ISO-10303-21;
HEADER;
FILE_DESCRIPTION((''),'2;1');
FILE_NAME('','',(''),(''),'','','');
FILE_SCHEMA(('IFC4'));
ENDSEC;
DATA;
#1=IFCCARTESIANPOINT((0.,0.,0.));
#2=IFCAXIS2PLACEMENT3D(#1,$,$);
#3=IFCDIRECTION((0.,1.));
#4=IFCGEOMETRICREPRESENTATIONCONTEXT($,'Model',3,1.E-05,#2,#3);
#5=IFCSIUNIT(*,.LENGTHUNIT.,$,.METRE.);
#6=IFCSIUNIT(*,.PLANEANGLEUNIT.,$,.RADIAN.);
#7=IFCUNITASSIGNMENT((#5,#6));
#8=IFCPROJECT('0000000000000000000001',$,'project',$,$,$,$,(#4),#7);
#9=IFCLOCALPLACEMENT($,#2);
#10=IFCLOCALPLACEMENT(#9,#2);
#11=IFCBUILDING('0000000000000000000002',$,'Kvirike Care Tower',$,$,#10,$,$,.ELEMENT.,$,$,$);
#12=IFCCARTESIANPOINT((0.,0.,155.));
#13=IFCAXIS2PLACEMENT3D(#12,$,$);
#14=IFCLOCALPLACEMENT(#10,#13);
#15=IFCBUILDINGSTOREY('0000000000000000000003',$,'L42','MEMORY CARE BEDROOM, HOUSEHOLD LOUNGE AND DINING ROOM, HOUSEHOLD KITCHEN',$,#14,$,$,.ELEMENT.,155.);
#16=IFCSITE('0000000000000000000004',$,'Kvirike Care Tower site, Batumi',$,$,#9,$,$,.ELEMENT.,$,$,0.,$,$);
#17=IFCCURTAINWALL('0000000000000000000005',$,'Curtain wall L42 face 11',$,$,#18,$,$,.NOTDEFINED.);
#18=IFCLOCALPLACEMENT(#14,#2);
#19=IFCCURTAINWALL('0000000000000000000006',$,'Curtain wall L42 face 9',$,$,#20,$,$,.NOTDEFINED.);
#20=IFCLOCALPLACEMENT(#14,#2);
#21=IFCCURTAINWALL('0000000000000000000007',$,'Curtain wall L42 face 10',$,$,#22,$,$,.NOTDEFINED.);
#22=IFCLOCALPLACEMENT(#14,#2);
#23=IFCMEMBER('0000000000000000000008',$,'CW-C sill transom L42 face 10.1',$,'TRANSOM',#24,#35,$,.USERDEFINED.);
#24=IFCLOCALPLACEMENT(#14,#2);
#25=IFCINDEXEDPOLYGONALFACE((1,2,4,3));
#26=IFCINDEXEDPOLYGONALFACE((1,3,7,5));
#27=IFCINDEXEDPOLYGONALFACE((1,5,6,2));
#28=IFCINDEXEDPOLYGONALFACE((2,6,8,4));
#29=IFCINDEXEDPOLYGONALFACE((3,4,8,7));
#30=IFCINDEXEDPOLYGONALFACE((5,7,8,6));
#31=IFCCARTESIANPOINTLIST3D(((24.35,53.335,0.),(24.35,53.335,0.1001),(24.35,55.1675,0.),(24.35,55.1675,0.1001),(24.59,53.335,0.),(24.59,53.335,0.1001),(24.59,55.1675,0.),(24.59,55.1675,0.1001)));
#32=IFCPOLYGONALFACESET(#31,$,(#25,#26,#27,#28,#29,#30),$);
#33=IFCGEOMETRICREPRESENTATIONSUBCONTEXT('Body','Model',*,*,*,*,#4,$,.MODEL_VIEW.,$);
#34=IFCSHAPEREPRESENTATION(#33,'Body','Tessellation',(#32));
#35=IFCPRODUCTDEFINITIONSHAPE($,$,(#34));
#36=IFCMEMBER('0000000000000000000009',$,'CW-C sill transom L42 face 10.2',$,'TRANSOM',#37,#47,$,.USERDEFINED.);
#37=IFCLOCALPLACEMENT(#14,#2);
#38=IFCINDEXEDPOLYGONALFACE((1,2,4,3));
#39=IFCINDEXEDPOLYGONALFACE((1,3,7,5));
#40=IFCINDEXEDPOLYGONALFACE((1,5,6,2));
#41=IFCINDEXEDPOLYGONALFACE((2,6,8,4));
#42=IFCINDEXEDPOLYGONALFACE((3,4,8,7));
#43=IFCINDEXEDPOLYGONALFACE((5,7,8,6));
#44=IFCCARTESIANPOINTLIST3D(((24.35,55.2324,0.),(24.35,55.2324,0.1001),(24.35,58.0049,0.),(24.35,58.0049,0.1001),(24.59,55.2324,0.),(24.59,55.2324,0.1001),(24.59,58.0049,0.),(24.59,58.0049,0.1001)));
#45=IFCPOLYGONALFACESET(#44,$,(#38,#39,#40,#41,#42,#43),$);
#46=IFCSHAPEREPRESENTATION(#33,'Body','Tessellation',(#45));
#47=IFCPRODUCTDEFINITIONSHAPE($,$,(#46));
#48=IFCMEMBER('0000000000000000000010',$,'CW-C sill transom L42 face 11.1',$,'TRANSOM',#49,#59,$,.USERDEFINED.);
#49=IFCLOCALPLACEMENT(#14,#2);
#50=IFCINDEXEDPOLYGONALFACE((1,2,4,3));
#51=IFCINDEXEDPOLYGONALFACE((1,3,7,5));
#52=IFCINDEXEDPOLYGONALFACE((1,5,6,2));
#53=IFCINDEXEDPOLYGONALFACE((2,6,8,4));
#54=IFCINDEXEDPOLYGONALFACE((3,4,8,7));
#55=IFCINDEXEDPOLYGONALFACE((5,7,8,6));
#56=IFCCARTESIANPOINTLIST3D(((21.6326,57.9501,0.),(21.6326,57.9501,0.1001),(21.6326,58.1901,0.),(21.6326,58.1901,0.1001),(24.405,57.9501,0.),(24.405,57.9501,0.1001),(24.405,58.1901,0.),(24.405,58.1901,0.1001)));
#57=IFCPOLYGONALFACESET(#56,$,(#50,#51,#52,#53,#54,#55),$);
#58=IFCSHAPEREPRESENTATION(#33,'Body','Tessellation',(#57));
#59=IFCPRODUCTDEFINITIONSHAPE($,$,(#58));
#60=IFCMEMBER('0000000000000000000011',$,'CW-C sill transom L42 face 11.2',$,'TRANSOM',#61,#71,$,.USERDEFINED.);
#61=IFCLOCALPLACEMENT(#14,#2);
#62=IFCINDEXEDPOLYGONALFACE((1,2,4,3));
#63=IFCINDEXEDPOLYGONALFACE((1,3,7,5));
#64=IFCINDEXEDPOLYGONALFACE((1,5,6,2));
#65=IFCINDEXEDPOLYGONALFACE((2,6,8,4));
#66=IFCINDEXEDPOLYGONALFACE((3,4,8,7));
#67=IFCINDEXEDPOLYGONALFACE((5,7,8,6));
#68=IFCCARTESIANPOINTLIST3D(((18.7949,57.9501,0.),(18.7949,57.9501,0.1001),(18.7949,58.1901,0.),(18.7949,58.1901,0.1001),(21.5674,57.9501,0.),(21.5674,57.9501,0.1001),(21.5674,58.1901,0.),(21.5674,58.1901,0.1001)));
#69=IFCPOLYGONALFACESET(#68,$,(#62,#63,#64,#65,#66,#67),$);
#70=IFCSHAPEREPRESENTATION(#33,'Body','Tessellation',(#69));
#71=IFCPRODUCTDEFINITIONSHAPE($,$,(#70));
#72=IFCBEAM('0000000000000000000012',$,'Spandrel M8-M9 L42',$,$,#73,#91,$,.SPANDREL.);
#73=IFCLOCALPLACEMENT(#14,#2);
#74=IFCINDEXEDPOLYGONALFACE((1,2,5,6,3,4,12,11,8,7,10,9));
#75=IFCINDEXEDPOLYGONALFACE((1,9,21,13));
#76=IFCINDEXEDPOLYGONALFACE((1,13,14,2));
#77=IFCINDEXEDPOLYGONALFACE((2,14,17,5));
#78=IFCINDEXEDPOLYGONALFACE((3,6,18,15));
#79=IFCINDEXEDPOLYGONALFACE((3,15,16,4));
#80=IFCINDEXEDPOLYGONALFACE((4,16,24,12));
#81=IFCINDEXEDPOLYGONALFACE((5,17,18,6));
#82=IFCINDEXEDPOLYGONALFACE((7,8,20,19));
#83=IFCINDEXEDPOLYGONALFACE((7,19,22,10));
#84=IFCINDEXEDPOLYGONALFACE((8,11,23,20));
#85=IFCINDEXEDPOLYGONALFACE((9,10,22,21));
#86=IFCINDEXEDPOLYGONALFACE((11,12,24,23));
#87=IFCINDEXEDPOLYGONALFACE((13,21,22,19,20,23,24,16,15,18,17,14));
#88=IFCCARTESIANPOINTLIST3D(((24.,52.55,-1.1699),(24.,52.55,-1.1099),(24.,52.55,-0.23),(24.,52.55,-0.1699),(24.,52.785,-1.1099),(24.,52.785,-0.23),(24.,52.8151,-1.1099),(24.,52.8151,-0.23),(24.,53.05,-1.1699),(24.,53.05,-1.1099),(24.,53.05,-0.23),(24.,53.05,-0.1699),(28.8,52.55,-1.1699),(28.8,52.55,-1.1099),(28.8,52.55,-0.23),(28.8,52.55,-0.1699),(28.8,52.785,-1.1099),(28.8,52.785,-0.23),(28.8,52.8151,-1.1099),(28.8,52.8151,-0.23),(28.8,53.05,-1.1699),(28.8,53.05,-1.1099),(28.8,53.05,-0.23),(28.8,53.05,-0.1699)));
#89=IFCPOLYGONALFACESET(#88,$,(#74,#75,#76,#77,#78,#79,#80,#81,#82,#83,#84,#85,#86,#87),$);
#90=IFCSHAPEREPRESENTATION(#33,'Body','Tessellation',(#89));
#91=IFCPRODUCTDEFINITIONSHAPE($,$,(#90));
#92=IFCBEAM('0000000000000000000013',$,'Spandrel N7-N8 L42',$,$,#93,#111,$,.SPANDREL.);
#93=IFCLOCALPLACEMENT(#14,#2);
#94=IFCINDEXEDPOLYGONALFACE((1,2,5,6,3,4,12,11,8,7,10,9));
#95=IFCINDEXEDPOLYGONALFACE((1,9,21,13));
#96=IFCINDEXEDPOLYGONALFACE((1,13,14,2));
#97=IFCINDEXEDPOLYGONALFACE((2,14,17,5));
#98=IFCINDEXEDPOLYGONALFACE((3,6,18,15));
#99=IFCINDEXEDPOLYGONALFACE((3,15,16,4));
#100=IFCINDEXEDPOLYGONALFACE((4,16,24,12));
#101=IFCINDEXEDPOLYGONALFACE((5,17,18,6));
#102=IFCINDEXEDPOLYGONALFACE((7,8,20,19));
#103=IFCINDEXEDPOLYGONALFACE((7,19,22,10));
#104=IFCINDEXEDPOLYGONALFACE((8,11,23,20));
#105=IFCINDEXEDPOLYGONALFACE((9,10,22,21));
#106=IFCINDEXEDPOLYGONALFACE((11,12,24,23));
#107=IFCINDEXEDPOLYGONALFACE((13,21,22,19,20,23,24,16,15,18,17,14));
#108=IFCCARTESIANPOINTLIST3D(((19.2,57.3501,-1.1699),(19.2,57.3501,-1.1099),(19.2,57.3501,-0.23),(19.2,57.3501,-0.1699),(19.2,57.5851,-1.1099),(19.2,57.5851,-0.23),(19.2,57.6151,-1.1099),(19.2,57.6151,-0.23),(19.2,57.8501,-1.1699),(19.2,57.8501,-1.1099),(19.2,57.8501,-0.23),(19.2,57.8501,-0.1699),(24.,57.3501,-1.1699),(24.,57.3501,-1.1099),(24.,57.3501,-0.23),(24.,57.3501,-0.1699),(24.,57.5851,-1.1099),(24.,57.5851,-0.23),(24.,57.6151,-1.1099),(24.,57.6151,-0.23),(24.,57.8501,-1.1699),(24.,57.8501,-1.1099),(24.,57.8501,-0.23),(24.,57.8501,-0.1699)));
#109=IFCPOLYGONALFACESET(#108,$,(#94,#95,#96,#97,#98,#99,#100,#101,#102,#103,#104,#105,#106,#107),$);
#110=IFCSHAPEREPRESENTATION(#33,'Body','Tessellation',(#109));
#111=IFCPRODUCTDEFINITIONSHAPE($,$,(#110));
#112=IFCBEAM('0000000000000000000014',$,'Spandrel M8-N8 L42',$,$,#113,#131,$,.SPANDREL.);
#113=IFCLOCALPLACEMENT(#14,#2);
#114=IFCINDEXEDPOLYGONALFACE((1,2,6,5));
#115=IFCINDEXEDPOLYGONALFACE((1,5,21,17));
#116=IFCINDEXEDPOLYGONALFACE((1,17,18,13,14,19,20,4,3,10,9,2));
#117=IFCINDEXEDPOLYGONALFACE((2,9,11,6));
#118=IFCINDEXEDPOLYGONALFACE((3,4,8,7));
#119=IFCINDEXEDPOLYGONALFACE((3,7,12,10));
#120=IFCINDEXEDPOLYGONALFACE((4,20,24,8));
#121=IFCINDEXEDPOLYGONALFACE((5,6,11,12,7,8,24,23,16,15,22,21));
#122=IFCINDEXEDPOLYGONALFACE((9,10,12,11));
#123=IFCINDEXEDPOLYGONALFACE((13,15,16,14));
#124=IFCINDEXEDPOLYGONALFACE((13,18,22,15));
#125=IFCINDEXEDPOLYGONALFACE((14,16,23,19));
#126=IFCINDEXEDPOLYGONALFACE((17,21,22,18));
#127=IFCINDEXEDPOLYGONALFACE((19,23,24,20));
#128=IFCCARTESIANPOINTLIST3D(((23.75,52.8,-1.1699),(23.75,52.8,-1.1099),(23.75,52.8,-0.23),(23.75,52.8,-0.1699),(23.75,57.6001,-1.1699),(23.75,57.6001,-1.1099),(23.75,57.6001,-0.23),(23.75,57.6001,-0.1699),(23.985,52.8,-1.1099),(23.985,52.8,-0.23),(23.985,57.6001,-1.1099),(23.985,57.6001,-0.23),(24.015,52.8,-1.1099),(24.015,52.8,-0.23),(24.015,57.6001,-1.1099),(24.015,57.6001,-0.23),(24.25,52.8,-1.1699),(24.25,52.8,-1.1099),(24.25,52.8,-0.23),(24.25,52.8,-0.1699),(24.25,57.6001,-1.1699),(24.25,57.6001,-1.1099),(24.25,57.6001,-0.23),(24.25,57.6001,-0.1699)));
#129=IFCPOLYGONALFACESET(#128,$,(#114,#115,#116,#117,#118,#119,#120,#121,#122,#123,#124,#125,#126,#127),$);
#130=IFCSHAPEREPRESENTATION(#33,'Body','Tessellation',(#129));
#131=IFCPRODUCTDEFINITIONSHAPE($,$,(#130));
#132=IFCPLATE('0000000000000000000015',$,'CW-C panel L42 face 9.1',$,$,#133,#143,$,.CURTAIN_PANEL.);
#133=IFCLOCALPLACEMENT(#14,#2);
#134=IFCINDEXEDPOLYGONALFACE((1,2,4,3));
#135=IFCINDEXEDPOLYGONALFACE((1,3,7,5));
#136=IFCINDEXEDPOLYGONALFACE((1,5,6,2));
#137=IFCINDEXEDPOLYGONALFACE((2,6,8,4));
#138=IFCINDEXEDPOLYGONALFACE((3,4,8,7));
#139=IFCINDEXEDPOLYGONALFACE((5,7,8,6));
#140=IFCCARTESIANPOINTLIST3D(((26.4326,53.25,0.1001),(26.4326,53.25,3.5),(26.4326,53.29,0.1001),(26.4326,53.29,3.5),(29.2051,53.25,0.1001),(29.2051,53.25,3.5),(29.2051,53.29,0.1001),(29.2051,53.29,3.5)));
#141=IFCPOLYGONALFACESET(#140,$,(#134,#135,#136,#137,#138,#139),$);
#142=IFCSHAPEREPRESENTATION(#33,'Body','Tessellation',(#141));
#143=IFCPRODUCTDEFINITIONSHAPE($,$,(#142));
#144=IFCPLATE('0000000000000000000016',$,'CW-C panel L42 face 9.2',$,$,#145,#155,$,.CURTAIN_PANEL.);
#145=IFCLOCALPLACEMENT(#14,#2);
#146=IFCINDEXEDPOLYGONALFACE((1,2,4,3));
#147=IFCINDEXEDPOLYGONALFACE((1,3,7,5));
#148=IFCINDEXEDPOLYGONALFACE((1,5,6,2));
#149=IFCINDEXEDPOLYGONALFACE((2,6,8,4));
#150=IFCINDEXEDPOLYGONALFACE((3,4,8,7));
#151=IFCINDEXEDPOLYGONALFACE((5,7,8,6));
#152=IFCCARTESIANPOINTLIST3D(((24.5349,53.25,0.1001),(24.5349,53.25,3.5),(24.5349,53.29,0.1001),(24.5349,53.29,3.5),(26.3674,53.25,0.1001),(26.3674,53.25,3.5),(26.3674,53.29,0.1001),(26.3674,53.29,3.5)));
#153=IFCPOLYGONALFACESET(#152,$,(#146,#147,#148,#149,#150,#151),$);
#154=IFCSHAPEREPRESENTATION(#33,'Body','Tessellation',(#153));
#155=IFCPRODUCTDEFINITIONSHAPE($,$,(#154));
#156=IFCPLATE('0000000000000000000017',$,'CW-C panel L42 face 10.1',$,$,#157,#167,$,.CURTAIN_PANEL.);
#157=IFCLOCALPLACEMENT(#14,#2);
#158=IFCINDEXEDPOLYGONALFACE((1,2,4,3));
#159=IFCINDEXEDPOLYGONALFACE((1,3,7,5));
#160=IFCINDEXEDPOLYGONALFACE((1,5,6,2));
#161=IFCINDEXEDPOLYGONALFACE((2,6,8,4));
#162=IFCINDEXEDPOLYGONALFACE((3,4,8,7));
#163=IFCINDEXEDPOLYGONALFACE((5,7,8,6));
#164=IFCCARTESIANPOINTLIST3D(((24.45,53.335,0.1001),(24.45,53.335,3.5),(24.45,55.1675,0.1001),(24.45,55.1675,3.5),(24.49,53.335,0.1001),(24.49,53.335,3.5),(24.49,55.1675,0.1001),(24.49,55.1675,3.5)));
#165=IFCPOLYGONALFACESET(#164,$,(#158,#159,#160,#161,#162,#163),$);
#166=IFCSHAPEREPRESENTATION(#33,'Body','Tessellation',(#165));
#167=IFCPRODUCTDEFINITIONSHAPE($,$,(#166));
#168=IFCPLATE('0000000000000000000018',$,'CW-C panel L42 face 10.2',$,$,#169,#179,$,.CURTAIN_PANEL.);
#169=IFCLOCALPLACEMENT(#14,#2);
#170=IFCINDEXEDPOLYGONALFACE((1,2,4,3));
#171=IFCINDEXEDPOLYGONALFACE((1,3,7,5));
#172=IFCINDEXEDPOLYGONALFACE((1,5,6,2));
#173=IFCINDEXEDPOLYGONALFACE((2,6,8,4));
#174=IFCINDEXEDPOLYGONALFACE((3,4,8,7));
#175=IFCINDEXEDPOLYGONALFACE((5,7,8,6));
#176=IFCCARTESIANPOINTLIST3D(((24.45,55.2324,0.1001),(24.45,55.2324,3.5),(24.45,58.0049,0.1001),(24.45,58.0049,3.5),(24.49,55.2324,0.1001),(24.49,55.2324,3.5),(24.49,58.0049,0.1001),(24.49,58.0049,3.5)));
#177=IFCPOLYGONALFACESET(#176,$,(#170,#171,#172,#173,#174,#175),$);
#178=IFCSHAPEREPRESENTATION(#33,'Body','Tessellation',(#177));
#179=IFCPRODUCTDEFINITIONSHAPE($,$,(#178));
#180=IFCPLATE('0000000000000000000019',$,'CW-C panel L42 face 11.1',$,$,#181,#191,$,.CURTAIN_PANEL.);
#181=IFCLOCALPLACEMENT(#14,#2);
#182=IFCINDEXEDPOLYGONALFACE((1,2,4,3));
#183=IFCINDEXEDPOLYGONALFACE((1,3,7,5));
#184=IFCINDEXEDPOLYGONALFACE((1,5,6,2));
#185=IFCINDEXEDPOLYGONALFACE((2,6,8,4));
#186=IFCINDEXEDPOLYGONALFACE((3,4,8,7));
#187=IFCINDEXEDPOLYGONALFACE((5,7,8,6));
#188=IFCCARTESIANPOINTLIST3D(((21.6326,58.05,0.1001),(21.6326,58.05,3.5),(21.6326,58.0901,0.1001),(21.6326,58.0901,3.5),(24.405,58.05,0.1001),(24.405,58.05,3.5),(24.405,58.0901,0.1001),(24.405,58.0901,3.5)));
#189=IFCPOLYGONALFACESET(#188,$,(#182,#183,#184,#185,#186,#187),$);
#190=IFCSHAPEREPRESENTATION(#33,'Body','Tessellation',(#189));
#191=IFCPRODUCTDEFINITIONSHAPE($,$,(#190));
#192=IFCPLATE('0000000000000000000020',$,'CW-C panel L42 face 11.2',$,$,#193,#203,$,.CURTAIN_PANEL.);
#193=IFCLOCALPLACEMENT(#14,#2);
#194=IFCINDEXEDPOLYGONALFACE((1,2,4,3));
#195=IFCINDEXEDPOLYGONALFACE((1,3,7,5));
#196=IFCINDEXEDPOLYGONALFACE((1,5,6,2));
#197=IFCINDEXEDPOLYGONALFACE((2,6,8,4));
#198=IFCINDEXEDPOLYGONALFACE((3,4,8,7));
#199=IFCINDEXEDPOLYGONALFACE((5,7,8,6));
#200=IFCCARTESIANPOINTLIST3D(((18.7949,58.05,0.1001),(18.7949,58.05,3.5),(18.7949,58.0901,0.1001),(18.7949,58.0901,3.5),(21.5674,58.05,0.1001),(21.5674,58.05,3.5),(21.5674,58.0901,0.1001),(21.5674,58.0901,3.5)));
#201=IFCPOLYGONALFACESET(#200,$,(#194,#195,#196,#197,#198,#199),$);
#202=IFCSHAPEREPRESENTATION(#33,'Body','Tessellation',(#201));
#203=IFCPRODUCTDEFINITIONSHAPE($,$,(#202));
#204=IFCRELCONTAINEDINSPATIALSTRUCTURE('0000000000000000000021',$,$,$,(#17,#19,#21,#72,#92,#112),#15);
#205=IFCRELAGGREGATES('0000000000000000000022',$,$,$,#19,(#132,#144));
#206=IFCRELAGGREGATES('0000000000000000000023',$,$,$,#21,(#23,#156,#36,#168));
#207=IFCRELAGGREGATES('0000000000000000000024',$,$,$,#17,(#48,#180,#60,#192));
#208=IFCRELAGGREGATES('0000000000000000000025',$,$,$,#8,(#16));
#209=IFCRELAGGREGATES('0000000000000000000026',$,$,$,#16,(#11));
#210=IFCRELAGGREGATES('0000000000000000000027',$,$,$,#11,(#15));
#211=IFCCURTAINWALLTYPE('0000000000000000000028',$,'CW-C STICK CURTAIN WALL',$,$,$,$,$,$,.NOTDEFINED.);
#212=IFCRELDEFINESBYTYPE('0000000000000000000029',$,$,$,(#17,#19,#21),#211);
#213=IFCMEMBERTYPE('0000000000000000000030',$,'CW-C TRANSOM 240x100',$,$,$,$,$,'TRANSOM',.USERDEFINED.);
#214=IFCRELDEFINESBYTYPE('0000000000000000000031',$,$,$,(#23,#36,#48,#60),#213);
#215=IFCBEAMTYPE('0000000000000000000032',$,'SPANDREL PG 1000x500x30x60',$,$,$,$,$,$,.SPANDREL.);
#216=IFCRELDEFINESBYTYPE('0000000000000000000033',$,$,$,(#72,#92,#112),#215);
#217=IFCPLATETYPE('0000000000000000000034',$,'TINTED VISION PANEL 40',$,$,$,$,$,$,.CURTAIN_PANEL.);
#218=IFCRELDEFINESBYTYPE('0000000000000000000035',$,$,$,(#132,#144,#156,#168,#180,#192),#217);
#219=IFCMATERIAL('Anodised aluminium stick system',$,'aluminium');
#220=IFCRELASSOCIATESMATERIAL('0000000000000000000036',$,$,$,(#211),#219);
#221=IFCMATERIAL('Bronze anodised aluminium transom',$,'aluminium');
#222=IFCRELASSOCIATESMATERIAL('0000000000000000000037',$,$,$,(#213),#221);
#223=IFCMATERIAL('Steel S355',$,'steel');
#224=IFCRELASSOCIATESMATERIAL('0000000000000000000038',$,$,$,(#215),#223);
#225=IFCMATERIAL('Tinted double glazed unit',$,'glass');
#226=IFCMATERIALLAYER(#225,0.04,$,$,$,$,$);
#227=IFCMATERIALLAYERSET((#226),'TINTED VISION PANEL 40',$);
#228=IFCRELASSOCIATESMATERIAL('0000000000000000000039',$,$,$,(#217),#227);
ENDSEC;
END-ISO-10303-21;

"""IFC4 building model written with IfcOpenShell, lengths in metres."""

from ifc_helpers import new_model, si_unit, direction, frame, origin, origin_2d, place, context, subcontext, project, spatial, rectangle, i_section, extrude, material, layer, layer_set, material_profile, profile_set, type_object, element, aggregate, save


model = new_model("IFC4")

# Units and contexts
model_context = context("Model", 3, precision=1e-05, world=origin(), true_north=direction((0.0, 1.0)))
body_context = subcontext(model_context, "Body", "Model", "MODEL_VIEW")
ifc_project = project(units=[si_unit("LENGTHUNIT", "METRE"), si_unit("PLANEANGLEUNIT", "RADIAN")], contexts=[model_context])

# Site, building, storey
site_placement = place(None, origin())
site = spatial("IfcSite", under=ifc_project, at=site_placement, Name="Kvirike Care Tower site, Batumi", CompositionType="ELEMENT", RefElevation=0.0)
building_placement = place(site_placement, origin())
building = spatial("IfcBuilding", under=site, at=building_placement, Name="Kvirike Care Tower", CompositionType="ELEMENT")
storey_placement = place(building_placement, frame((0.0, 0.0, 155.0)))
storey = spatial("IfcBuildingStorey", under=building, at=storey_placement, Name="L42", Description="MEMORY CARE BEDROOM, HOUSEHOLD LOUNGE AND DINING ROOM, HOUSEHOLD KITCHEN", CompositionType="ELEMENT", Elevation=155.0)

# Curtain wall
ifc_material_1 = material(Name="Anodised aluminium stick system", Category="aluminium")
curtain_wall_type = type_object("IfcCurtainWallType", Name="CW-C STICK CURTAIN WALL", PredefinedType="NOTDEFINED", material=ifc_material_1)
curtain_wall_1_placement = place(storey_placement, origin())
curtain_wall_1 = element("IfcCurtainWall", 1, at=curtain_wall_1_placement, inside=storey, type_object=curtain_wall_type, Name="Curtain wall L42 face 11", PredefinedType="NOTDEFINED")

# Curtain walls
curtain_wall_2_placement = place(storey_placement, origin())
curtain_wall_2 = element("IfcCurtainWall", 2, at=curtain_wall_2_placement, inside=storey, type_object=curtain_wall_type, Name="Curtain wall L42 face 9", PredefinedType="NOTDEFINED")
curtain_wall_3_placement = place(storey_placement, origin())
curtain_wall_3 = element("IfcCurtainWall", 3, at=curtain_wall_3_placement, inside=storey, type_object=curtain_wall_type, Name="Curtain wall L42 face 10", PredefinedType="NOTDEFINED")

# Members
ifc_material_2 = material(Name="Bronze anodised aluminium transom", Category="aluminium")
ifc_material_profile_1 = material_profile(ifc_material_2, rectangle(XDim=0.24, YDim=0.1001, at=origin_2d()), Name="CW-C TRANSOM 240x100")
ifc_profile_set_1 = profile_set([ifc_material_profile_1], Name="Bronze anodised aluminium transom")
member_type_1 = type_object("IfcMemberType", Name="CW-C TRANSOM 240x100", ElementType="TRANSOM", PredefinedType="USERDEFINED", material=ifc_profile_set_1)
member_1_placement = place(storey_placement, frame((24.47, 53.335, 0.05), z_axis=(0.0, 1.0, 0.0), x_axis=(-1.0, 0.0, 0.0)))
member_1 = element("IfcMember", 4, at=member_1_placement, type_object=member_type_1, Name="CW-C sill transom L42 face 10.1", ObjectType="TRANSOM", PredefinedType="USERDEFINED", context=body_context, shape_type="SweptSolid", body=[
    extrude(rectangle(XDim=0.24, YDim=0.1001, at=origin_2d()), origin(), (0.0, 0.0, 1.0), 1.8325),
])
member_2_placement = place(storey_placement, frame((24.47, 55.2324, 0.05), z_axis=(0.0, 1.0, 0.0), x_axis=(-1.0, 0.0, 0.0)))
member_2 = element("IfcMember", 5, at=member_2_placement, type_object=member_type_1, Name="CW-C sill transom L42 face 10.2", ObjectType="TRANSOM", PredefinedType="USERDEFINED", context=body_context, shape_type="SweptSolid", body=[
    extrude(rectangle(XDim=0.24, YDim=0.1001, at=origin_2d()), origin(), (0.0, 0.0, 1.0), 2.7725),
])
member_3_placement = place(storey_placement, frame((24.405, 58.0701, 0.05), z_axis=(-1.0, 0.0, 0.0), x_axis=(0.0, -1.0, 0.0)))
member_3 = element("IfcMember", 6, at=member_3_placement, type_object=member_type_1, Name="CW-C sill transom L42 face 11.1", ObjectType="TRANSOM", PredefinedType="USERDEFINED", context=body_context, shape_type="SweptSolid", body=[
    extrude(rectangle(XDim=0.24, YDim=0.1001, at=origin_2d()), origin(), (0.0, 0.0, 1.0), 2.7725),
])
member_4_placement = place(storey_placement, frame((21.5674, 58.0701, 0.05), z_axis=(-1.0, 0.0, 0.0), x_axis=(0.0, -1.0, 0.0)))
member_4 = element("IfcMember", 7, at=member_4_placement, type_object=member_type_1, Name="CW-C sill transom L42 face 11.2", ObjectType="TRANSOM", PredefinedType="USERDEFINED", context=body_context, shape_type="SweptSolid", body=[
    extrude(rectangle(XDim=0.24, YDim=0.1001, at=origin_2d()), origin(), (0.0, 0.0, 1.0), 2.7725),
])

# Beams
ifc_material_3 = material(Name="Steel S355", Category="steel")
ifc_material_profile_2 = material_profile(ifc_material_3, i_section(OverallWidth=0.5, OverallDepth=1.0, WebThickness=0.03, FlangeThickness=0.0601, at=origin_2d()), Name="PG 1000x500x30x60")
ifc_profile_set_2 = profile_set([ifc_material_profile_2], Name="Steel S355")
beam_type = type_object("IfcBeamType", Name="SPANDREL PG 1000x500x30x60", PredefinedType="SPANDREL", material=ifc_profile_set_2)
for number, where, z_axis, x_axis, name in (
    (8, (24.0, 52.8, -0.6699), (1.0, 0.0, 0.0), (0.0, 1.0, 0.0), "Spandrel M8-M9 L42"),
    (9, (19.2, 57.6001, -0.6699), (1.0, 0.0, 0.0), (0.0, 1.0, 0.0), "Spandrel N7-N8 L42"),
    (10, (24.0, 52.8, -0.6699), (0.0, 1.0, 0.0), (-1.0, 0.0, 0.0), "Spandrel M8-N8 L42"),
):
    element("IfcBeam", number, at=place(storey_placement, frame(where, z_axis=z_axis, x_axis=x_axis)), inside=storey, type_object=beam_type, Name=name, PredefinedType="SPANDREL", context=body_context, shape_type="SweptSolid", body=[
        extrude(i_section(OverallWidth=0.5, OverallDepth=1.0, WebThickness=0.03, FlangeThickness=0.0601, at=origin_2d()), origin(), (0.0, 0.0, 1.0), 4.8),
    ])

# Plates
ifc_material_4 = material(Name="Tinted double glazed unit", Category="glass")
ifc_layer_1 = layer(ifc_material_4, 0.04)
ifc_layer_set_1 = layer_set([ifc_layer_1], Name="TINTED VISION PANEL 40")
plate_type = type_object("IfcPlateType", Name="TINTED VISION PANEL 40", PredefinedType="CURTAIN_PANEL", material=ifc_layer_set_1)
plate_1_placement = place(storey_placement, frame((27.8188, 53.27, 0.1001), z_axis=(0.0, 0.0, 1.0), x_axis=(-1.0, 0.0, 0.0)))
plate_1 = element("IfcPlate", 11, at=plate_1_placement, type_object=plate_type, Name="CW-C panel L42 face 9.1", PredefinedType="CURTAIN_PANEL", context=body_context, shape_type="SweptSolid", body=[
    extrude(rectangle(XDim=2.7725, YDim=0.04, at=origin_2d()), origin(), (0.0, 0.0, 1.0), 3.3999),
])
plate_2_placement = place(storey_placement, frame((25.4512, 53.27, 0.1001), z_axis=(0.0, 0.0, 1.0), x_axis=(-1.0, 0.0, 0.0)))
plate_2 = element("IfcPlate", 12, at=plate_2_placement, type_object=plate_type, Name="CW-C panel L42 face 9.2", PredefinedType="CURTAIN_PANEL", context=body_context, shape_type="SweptSolid", body=[
    extrude(rectangle(XDim=1.8325, YDim=0.04, at=origin_2d()), origin(), (0.0, 0.0, 1.0), 3.3999),
])
aggregate(curtain_wall_2, [plate_1, plate_2])
plate_3_placement = place(storey_placement, frame((24.47, 54.2512, 0.1001), z_axis=(0.0, 0.0, 1.0), x_axis=(0.0, 1.0, 0.0)))
plate_3 = element("IfcPlate", 13, at=plate_3_placement, type_object=plate_type, Name="CW-C panel L42 face 10.1", PredefinedType="CURTAIN_PANEL", context=body_context, shape_type="SweptSolid", body=[
    extrude(rectangle(XDim=1.8325, YDim=0.04, at=origin_2d()), origin(), (0.0, 0.0, 1.0), 3.3999),
])
plate_4_placement = place(storey_placement, frame((24.47, 56.6187, 0.1001), z_axis=(0.0, 0.0, 1.0), x_axis=(0.0, 1.0, 0.0)))
plate_4 = element("IfcPlate", 14, at=plate_4_placement, type_object=plate_type, Name="CW-C panel L42 face 10.2", PredefinedType="CURTAIN_PANEL", context=body_context, shape_type="SweptSolid", body=[
    extrude(rectangle(XDim=2.7725, YDim=0.04, at=origin_2d()), origin(), (0.0, 0.0, 1.0), 3.3999),
])
aggregate(curtain_wall_3, [member_1, plate_3, member_2, plate_4])
plate_5_placement = place(storey_placement, frame((23.0188, 58.0701, 0.1001), z_axis=(0.0, 0.0, 1.0), x_axis=(-1.0, 0.0, 0.0)))
plate_5 = element("IfcPlate", 15, at=plate_5_placement, type_object=plate_type, Name="CW-C panel L42 face 11.1", PredefinedType="CURTAIN_PANEL", context=body_context, shape_type="SweptSolid", body=[
    extrude(rectangle(XDim=2.7725, YDim=0.04, at=origin_2d()), origin(), (0.0, 0.0, 1.0), 3.3999),
])
plate_6_placement = place(storey_placement, frame((20.1812, 58.0701, 0.1001), z_axis=(0.0, 0.0, 1.0), x_axis=(-1.0, 0.0, 0.0)))
plate_6 = element("IfcPlate", 16, at=plate_6_placement, type_object=plate_type, Name="CW-C panel L42 face 11.2", PredefinedType="CURTAIN_PANEL", context=body_context, shape_type="SweptSolid", body=[
    extrude(rectangle(XDim=2.7725, YDim=0.04, at=origin_2d()), origin(), (0.0, 0.0, 1.0), 3.3999),
])
aggregate(curtain_wall_1, [member_3, plate_5, member_4, plate_6])

save(model, "model.ifc")
